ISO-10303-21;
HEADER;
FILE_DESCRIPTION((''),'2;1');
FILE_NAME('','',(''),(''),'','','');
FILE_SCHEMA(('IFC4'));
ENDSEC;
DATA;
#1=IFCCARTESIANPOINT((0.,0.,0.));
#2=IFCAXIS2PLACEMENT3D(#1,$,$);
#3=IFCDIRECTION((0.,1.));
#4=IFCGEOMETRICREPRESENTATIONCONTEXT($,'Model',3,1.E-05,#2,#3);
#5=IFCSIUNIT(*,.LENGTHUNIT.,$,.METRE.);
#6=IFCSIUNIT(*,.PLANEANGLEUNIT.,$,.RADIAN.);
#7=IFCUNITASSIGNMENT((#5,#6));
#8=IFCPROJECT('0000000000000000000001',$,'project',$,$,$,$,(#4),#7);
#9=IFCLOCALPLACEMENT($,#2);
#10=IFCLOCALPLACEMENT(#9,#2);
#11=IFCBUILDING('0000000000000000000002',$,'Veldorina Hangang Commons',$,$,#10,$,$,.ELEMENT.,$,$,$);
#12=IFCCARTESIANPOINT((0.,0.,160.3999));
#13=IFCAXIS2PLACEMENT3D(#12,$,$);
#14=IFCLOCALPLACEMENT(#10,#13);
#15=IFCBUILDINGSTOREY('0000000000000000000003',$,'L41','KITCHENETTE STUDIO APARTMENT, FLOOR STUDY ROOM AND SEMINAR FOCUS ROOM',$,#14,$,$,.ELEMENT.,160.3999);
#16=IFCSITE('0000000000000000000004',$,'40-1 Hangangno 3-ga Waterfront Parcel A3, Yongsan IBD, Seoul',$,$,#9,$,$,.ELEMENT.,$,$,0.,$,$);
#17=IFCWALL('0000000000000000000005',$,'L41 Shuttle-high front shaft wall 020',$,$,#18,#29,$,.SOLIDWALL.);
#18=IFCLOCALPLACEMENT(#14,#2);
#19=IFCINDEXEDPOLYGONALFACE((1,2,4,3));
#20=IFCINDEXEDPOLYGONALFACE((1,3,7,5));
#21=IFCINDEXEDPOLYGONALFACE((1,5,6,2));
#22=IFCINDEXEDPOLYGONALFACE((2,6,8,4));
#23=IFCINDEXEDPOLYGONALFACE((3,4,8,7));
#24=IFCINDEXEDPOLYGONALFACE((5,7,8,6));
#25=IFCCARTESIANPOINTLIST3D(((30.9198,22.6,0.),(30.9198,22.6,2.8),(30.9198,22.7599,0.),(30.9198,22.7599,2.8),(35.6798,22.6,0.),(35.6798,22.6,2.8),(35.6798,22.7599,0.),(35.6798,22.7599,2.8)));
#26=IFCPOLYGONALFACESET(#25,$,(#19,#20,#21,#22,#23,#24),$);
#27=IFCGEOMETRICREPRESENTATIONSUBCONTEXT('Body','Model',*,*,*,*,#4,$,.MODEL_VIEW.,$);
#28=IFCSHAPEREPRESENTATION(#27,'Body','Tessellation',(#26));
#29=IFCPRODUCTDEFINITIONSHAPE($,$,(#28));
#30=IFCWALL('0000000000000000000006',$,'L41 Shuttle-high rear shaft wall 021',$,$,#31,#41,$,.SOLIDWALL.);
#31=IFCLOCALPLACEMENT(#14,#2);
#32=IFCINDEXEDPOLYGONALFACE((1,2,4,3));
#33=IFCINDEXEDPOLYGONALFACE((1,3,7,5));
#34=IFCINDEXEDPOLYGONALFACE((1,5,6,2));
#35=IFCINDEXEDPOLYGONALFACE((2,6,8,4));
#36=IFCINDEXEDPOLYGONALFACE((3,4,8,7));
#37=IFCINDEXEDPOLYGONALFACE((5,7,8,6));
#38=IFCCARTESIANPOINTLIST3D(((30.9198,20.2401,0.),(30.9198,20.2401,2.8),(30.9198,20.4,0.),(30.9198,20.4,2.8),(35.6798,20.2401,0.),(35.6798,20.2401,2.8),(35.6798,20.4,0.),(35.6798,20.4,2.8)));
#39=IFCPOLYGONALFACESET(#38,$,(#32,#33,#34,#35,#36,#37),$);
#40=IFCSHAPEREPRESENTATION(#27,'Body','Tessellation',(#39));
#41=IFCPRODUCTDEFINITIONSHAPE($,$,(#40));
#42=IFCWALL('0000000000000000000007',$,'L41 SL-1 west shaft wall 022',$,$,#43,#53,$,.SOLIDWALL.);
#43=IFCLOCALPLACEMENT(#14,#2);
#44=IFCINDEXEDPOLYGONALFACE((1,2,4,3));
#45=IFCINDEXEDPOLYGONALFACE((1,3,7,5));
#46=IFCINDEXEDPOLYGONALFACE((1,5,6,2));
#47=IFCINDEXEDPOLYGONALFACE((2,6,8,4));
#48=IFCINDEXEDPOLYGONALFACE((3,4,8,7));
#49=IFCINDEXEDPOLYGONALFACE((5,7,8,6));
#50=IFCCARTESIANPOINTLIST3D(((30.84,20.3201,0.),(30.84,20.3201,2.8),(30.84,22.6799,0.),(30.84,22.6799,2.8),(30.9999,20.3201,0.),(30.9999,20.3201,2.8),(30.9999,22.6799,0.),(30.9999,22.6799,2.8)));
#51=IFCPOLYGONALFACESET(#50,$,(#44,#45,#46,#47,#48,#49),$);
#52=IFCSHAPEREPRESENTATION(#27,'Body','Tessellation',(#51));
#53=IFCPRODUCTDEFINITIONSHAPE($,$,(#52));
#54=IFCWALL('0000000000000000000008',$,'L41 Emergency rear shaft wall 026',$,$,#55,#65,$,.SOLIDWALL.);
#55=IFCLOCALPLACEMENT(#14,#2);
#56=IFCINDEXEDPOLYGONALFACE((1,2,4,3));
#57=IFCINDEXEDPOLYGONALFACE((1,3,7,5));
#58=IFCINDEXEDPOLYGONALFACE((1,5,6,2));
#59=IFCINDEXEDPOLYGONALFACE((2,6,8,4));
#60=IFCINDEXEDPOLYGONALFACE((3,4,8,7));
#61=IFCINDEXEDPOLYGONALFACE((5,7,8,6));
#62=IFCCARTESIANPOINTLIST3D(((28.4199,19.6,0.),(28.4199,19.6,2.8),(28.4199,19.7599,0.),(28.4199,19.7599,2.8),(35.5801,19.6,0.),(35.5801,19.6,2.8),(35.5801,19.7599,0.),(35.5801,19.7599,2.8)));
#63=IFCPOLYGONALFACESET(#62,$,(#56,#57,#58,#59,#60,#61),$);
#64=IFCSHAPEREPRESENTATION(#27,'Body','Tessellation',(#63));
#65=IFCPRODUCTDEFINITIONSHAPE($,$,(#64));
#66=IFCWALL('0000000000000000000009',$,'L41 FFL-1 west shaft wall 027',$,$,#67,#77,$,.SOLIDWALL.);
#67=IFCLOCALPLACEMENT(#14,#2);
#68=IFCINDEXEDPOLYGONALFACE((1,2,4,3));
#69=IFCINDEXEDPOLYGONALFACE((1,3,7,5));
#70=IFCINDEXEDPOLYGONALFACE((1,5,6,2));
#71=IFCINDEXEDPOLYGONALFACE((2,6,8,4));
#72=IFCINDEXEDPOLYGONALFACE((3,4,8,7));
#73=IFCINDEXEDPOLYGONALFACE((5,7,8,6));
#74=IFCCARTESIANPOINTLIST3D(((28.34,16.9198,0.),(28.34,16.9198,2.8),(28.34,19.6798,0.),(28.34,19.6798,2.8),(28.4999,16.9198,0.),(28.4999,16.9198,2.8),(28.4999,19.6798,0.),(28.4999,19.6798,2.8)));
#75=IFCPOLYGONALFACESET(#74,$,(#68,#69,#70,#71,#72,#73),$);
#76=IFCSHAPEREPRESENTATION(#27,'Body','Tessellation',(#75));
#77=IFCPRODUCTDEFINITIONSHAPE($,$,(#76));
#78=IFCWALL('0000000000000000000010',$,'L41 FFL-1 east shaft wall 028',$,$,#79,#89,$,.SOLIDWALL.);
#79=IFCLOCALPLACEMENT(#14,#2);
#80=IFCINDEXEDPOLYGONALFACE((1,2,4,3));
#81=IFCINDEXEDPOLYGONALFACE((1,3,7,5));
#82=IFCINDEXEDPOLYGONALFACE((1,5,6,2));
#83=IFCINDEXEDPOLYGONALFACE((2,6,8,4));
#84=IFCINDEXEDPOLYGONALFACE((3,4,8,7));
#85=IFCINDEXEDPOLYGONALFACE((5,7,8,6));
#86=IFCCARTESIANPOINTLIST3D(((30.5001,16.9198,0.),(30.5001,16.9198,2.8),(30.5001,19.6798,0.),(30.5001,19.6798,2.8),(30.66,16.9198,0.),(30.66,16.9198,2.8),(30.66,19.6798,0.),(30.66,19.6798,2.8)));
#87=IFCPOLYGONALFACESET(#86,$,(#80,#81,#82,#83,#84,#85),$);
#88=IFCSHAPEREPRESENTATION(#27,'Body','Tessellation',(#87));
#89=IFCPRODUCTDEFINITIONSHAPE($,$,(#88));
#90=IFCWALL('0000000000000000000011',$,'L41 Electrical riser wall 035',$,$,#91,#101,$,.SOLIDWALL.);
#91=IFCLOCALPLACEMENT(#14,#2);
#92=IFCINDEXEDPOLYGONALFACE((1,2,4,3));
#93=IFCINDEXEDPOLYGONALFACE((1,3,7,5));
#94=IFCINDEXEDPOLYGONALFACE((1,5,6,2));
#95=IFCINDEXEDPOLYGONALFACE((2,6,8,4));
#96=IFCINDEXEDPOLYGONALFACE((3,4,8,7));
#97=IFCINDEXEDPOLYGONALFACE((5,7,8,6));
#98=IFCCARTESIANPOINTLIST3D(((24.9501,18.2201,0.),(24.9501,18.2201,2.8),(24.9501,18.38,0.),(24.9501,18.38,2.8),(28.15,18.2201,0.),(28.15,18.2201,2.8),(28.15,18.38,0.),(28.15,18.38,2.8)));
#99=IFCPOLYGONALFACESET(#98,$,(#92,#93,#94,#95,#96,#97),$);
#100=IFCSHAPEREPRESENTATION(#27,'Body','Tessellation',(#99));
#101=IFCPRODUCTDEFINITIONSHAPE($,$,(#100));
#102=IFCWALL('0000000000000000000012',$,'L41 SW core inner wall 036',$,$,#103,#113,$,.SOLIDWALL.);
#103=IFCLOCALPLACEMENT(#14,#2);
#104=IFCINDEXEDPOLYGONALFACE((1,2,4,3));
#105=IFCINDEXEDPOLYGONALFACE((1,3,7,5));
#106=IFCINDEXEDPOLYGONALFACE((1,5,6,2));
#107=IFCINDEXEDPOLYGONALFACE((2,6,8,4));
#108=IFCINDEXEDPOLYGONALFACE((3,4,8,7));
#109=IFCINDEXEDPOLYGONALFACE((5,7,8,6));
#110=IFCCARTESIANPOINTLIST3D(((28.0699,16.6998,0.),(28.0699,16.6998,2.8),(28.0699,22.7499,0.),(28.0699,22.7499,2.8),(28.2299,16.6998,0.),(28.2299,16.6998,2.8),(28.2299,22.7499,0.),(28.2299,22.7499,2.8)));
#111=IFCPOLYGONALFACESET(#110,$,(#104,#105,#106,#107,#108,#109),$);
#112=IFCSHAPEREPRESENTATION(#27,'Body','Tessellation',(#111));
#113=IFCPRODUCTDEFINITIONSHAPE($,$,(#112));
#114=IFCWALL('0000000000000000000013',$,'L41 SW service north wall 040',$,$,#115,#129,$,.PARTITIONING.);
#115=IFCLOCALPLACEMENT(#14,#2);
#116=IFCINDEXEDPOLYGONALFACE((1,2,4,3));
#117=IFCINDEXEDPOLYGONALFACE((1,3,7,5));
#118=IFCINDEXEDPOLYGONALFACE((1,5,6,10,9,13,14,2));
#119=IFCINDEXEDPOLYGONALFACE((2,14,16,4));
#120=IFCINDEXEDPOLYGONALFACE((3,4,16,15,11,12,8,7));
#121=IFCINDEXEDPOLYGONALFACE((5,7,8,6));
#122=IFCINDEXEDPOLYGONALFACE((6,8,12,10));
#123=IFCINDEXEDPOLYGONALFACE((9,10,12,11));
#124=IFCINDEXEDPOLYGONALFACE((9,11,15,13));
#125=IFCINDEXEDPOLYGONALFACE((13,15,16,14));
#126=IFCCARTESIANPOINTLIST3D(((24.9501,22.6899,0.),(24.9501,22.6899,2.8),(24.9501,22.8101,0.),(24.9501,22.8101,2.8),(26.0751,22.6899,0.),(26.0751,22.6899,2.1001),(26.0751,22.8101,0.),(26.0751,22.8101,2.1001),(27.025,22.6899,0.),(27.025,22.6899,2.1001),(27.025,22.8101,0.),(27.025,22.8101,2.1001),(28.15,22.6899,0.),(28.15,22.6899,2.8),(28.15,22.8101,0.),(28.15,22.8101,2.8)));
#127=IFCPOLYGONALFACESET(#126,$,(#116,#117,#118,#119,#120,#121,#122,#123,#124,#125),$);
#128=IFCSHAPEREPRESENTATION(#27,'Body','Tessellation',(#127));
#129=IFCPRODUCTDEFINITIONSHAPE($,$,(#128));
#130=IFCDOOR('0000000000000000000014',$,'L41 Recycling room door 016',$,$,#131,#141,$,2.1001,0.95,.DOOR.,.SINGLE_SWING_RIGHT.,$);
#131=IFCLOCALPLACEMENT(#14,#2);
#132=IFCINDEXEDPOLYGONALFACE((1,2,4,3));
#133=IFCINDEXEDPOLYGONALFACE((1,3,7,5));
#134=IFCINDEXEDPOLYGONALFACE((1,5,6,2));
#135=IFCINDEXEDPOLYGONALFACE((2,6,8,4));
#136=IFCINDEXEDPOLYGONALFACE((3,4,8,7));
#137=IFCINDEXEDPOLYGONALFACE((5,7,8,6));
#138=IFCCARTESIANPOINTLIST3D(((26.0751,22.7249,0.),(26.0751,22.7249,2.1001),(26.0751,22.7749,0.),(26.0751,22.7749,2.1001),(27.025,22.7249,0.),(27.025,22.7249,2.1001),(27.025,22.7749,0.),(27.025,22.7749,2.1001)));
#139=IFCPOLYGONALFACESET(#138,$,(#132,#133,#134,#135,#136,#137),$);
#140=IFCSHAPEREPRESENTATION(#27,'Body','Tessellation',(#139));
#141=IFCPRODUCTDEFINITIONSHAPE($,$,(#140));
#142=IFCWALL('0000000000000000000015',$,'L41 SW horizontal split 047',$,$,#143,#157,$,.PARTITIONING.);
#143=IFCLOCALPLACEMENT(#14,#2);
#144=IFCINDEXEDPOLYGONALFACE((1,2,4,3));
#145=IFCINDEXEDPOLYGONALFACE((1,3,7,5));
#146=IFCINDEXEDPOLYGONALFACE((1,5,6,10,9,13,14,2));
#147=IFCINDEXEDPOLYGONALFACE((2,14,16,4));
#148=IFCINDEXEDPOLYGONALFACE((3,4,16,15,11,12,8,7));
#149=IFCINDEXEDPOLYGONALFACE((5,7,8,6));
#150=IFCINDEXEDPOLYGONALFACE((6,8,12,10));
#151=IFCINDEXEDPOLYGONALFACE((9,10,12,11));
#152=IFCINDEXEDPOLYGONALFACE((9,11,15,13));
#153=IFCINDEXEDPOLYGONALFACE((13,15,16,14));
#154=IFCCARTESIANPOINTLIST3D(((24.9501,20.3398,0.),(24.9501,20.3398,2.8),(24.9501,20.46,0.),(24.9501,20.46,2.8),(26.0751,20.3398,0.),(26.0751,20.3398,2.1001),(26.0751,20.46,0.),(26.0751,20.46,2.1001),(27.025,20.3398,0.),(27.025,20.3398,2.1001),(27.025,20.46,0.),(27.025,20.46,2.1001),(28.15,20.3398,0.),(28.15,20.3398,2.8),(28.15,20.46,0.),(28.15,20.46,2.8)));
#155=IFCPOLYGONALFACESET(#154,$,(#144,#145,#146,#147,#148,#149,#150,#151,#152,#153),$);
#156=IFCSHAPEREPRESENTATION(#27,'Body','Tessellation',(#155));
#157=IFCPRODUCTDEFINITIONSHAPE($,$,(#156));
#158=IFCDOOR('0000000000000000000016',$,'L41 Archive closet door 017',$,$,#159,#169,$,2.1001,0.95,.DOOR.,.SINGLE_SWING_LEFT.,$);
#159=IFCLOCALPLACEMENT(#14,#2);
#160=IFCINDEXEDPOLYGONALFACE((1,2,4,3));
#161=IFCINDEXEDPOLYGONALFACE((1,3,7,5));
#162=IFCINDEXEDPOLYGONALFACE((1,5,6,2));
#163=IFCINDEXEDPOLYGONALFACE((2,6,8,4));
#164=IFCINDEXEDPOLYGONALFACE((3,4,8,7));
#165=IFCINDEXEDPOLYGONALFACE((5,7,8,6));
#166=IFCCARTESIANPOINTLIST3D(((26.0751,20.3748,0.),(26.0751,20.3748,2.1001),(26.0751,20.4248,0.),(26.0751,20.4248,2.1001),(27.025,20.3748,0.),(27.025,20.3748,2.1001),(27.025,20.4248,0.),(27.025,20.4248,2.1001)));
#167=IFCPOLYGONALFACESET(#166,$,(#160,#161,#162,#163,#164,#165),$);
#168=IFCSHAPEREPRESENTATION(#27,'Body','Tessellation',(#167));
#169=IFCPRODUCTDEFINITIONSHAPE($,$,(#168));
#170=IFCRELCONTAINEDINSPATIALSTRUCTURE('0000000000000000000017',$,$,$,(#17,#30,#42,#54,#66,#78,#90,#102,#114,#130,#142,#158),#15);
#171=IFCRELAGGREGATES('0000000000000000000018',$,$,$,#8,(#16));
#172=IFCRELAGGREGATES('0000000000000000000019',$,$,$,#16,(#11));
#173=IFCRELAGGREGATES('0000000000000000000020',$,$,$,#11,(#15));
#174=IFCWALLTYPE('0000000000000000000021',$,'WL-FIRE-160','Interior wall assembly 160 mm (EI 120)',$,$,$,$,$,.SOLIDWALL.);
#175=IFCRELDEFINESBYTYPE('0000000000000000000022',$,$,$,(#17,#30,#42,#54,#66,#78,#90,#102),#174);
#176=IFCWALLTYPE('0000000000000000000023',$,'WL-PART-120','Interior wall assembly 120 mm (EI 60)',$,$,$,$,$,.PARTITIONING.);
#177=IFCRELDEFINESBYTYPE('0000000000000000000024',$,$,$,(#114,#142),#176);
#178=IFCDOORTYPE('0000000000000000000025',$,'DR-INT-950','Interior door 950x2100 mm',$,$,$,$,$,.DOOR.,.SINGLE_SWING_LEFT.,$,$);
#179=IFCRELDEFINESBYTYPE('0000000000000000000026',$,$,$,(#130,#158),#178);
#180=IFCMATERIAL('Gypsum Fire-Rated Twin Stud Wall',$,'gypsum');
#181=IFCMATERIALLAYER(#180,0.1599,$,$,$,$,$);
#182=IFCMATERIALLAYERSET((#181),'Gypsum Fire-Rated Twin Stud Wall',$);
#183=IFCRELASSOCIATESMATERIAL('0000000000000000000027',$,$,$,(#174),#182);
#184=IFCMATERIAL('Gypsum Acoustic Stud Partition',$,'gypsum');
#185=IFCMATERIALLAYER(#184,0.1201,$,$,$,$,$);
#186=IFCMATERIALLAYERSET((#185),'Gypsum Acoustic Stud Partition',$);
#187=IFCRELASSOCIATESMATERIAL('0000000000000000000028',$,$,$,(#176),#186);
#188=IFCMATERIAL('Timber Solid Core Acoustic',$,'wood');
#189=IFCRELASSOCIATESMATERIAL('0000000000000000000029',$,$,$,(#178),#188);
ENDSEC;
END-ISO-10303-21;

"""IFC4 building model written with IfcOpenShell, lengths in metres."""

from ifc_helpers import new_model, si_unit, direction, frame, frame_2d, origin, place, context, subcontext, project, spatial, rectangle, extrude, material, layer, layer_set, type_object, element, fill, save


model = new_model("IFC4")

# Units and contexts
model_context = context("Model", 3, precision=1e-05, world=origin(), true_north=direction((0.0, 1.0)))
body_context = subcontext(model_context, "Body", "Model", "MODEL_VIEW")
ifc_project = project(units=[si_unit("LENGTHUNIT", "METRE"), si_unit("PLANEANGLEUNIT", "RADIAN")], contexts=[model_context])

# Site, building, storey
site_placement = place(None, origin())
site = spatial("IfcSite", under=ifc_project, at=site_placement, Name="40-1 Hangangno 3-ga Waterfront Parcel A3, Yongsan IBD, Seoul", CompositionType="ELEMENT", RefElevation=0.0)
building_placement = place(site_placement, origin())
building = spatial("IfcBuilding", under=site, at=building_placement, Name="Veldorina Hangang Commons", CompositionType="ELEMENT")
storey_placement = place(building_placement, frame((0.0, 0.0, 160.3999)))
storey = spatial("IfcBuildingStorey", under=building, at=storey_placement, Name="L41", Description="KITCHENETTE STUDIO APARTMENT, FLOOR STUDY ROOM AND SEMINAR FOCUS ROOM", CompositionType="ELEMENT", Elevation=160.3999)

# Walls
ifc_material_1 = material(Name="Gypsum Fire-Rated Twin Stud Wall", Category="gypsum")
ifc_layer_1 = layer(ifc_material_1, 0.1599)
ifc_layer_set_1 = layer_set([ifc_layer_1], Name="Gypsum Fire-Rated Twin Stud Wall")
wall_type_1 = type_object("IfcWallType", Name="WL-FIRE-160", Description="Interior wall assembly 160 mm (EI 120)", PredefinedType="SOLIDWALL", material=ifc_layer_set_1)
for number, where, z_axis, x_axis, name in (
    (1, (30.9199, 22.6799, 0.0), (0.0, 0.0, 1.0), (1.0, 0.0, 0.0), "L41 Shuttle-high front shaft wall 020"),
    (2, (30.9199, 20.3201, 0.0), (0.0, 0.0, 1.0), (1.0, 0.0, 0.0), "L41 Shuttle-high rear shaft wall 021"),
):
    element("IfcWall", number, at=place(storey_placement, frame(where, z_axis=z_axis, x_axis=x_axis)), inside=storey, type_object=wall_type_1, Name=name, PredefinedType="SOLIDWALL", context=body_context, shape_type="SweptSolid", body=[
        extrude(rectangle(XDim=4.76, YDim=0.1599, at=frame_2d((2.3799, 0.0))), origin(), (0.0, 0.0, 1.0), 2.8),
    ])
wall_1_placement = place(storey_placement, frame((30.9199, 20.3201, 0.0), z_axis=(0.0, 0.0, 1.0), x_axis=(0.0, 1.0, 0.0)))
element("IfcWall", 3, at=wall_1_placement, inside=storey, type_object=wall_type_1, Name="L41 SL-1 west shaft wall 022", PredefinedType="SOLIDWALL", context=body_context, shape_type="SweptSolid", body=[
    extrude(rectangle(XDim=2.3599, YDim=0.1599, at=frame_2d((1.1799, 0.0))), origin(), (0.0, 0.0, 1.0), 2.8),
])

# Walls
wall_2_placement = place(storey_placement, frame((28.4199, 19.6799, 0.0), z_axis=(0.0, 0.0, 1.0), x_axis=(1.0, 0.0, 0.0)))
element("IfcWall", 4, at=wall_2_placement, inside=storey, type_object=wall_type_1, Name="L41 Emergency rear shaft wall 026", PredefinedType="SOLIDWALL", context=body_context, shape_type="SweptSolid", body=[
    extrude(rectangle(XDim=7.1602, YDim=0.1599, at=frame_2d((3.5801, 0.0))), origin(), (0.0, 0.0, 1.0), 2.8),
])
for number, where, z_axis, x_axis, name in (
    (5, (28.4199, 16.9199, 0.0), (0.0, 0.0, 1.0), (0.0, 1.0, 0.0), "L41 FFL-1 west shaft wall 027"),
    (6, (30.5801, 16.9199, 0.0), (0.0, 0.0, 1.0), (0.0, 1.0, 0.0), "L41 FFL-1 east shaft wall 028"),
):
    element("IfcWall", number, at=place(storey_placement, frame(where, z_axis=z_axis, x_axis=x_axis)), inside=storey, type_object=wall_type_1, Name=name, PredefinedType="SOLIDWALL", context=body_context, shape_type="SweptSolid", body=[
        extrude(rectangle(XDim=2.76, YDim=0.1599, at=frame_2d((1.3799, 0.0))), origin(), (0.0, 0.0, 1.0), 2.8),
    ])
wall_3_placement = place(storey_placement, frame((24.95, 18.3, 0.0), z_axis=(0.0, 0.0, 1.0), x_axis=(1.0, 0.0, 0.0)))
element("IfcWall", 7, at=wall_3_placement, inside=storey, type_object=wall_type_1, Name="L41 Electrical riser wall 035", PredefinedType="SOLIDWALL", context=body_context, shape_type="SweptSolid", body=[
    extrude(rectangle(XDim=3.2, YDim=0.1599, at=frame_2d((1.6001, 0.0))), origin(), (0.0, 0.0, 1.0), 2.8),
])
wall_4_placement = place(storey_placement, frame((28.1499, 16.7, 0.0), z_axis=(0.0, 0.0, 1.0), x_axis=(0.0, 1.0, 0.0)))
element("IfcWall", 8, at=wall_4_placement, inside=storey, type_object=wall_type_1, Name="L41 SW core inner wall 036", PredefinedType="SOLIDWALL", context=body_context, shape_type="SweptSolid", body=[
    extrude(rectangle(XDim=6.05, YDim=0.1599, at=frame_2d((3.0249, 0.0))), origin(), (0.0, 0.0, 1.0), 2.8),
])

# Walls, openings, doors
ifc_material_2 = material(Name="Gypsum Acoustic Stud Partition", Category="gypsum")
ifc_layer_2 = layer(ifc_material_2, 0.1201)
ifc_layer_set_2 = layer_set([ifc_layer_2], Name="Gypsum Acoustic Stud Partition")
wall_type_2 = type_object("IfcWallType", Name="WL-PART-120", Description="Interior wall assembly 120 mm (EI 60)", PredefinedType="PARTITIONING", material=ifc_layer_set_2)
wall_5_placement = place(storey_placement, frame((24.95, 22.75, 0.0), z_axis=(0.0, 0.0, 1.0), x_axis=(1.0, 0.0, 0.0)))
wall_5 = element("IfcWall", 9, at=wall_5_placement, inside=storey, type_object=wall_type_2, Name="L41 SW service north wall 040", PredefinedType="PARTITIONING", context=body_context, shape_type="SweptSolid", body=[
    extrude(rectangle(XDim=3.2, YDim=0.1201, at=frame_2d((1.6001, 0.0))), origin(), (0.0, 0.0, 1.0), 2.8),
])
opening_1_placement = place(wall_5_placement, frame((1.125, 0.0, 0.0)))
opening_1 = element("IfcOpeningElement", 10, at=opening_1_placement, cuts=wall_5, PredefinedType="OPENING", context=body_context, shape_type="SweptSolid", body=[
    extrude(rectangle(XDim=0.95, YDim=2.1001, at=frame_2d((0.4751, 1.05))), frame((0.0, 0.0701, 0.0), z_axis=(0.0, -1.0, 0.0), x_axis=(1.0, 0.0, 0.0)), (0.0, 0.0, 1.0), 0.1401),
])
ifc_material_3 = material(Name="Timber Solid Core Acoustic", Category="wood")
door_type_1 = type_object("IfcDoorType", Name="DR-INT-950", Description="Interior door 950x2100 mm", OperationType="SINGLE_SWING_LEFT", PredefinedType="DOOR", material=ifc_material_3)
door_1_placement = place(opening_1_placement, origin())
door_1 = element("IfcDoor", 11, at=door_1_placement, inside=storey, type_object=door_type_1, Name="L41 Recycling room door 016", OperationType="SINGLE_SWING_RIGHT", OverallHeight=2.1001, OverallWidth=0.95, PredefinedType="DOOR", context=body_context, shape_type="SweptSolid", body=[
    extrude(rectangle(XDim=0.95, YDim=2.1001, at=frame_2d((0.4751, 1.05))), frame((0.0, 0.0249, 0.0), z_axis=(0.0, -1.0, 0.0), x_axis=(1.0, 0.0, 0.0)), (0.0, 0.0, 1.0), 0.05),
])
fill(opening_1, door_1)
wall_6_placement = place(storey_placement, frame((24.95, 20.3999, 0.0), z_axis=(0.0, 0.0, 1.0), x_axis=(1.0, 0.0, 0.0)))
wall_6 = element("IfcWall", 12, at=wall_6_placement, inside=storey, type_object=wall_type_2, Name="L41 SW horizontal split 047", PredefinedType="PARTITIONING", context=body_context, shape_type="SweptSolid", body=[
    extrude(rectangle(XDim=3.2, YDim=0.1201, at=frame_2d((1.6001, 0.0))), origin(), (0.0, 0.0, 1.0), 2.8),
])
opening_2_placement = place(wall_6_placement, frame((1.125, 0.0, 0.0)))
opening_2 = element("IfcOpeningElement", 13, at=opening_2_placement, cuts=wall_6, PredefinedType="OPENING", context=body_context, shape_type="SweptSolid", body=[
    extrude(rectangle(XDim=0.95, YDim=2.1001, at=frame_2d((0.4751, 1.05))), frame((0.0, 0.0701, 0.0), z_axis=(0.0, -1.0, 0.0), x_axis=(1.0, 0.0, 0.0)), (0.0, 0.0, 1.0), 0.1401),
])
door_2_placement = place(opening_2_placement, origin())
door_2 = element("IfcDoor", 14, at=door_2_placement, inside=storey, type_object=door_type_1, Name="L41 Archive closet door 017", OperationType="SINGLE_SWING_LEFT", OverallHeight=2.1001, OverallWidth=0.95, PredefinedType="DOOR", context=body_context, shape_type="SweptSolid", body=[
    extrude(rectangle(XDim=0.95, YDim=2.1001, at=frame_2d((0.4751, 1.05))), frame((0.0, 0.0249, 0.0), z_axis=(0.0, -1.0, 0.0), x_axis=(1.0, 0.0, 0.0)), (0.0, 0.0, 1.0), 0.05),
])
fill(opening_2, door_2)

save(model, "model.ifc")
